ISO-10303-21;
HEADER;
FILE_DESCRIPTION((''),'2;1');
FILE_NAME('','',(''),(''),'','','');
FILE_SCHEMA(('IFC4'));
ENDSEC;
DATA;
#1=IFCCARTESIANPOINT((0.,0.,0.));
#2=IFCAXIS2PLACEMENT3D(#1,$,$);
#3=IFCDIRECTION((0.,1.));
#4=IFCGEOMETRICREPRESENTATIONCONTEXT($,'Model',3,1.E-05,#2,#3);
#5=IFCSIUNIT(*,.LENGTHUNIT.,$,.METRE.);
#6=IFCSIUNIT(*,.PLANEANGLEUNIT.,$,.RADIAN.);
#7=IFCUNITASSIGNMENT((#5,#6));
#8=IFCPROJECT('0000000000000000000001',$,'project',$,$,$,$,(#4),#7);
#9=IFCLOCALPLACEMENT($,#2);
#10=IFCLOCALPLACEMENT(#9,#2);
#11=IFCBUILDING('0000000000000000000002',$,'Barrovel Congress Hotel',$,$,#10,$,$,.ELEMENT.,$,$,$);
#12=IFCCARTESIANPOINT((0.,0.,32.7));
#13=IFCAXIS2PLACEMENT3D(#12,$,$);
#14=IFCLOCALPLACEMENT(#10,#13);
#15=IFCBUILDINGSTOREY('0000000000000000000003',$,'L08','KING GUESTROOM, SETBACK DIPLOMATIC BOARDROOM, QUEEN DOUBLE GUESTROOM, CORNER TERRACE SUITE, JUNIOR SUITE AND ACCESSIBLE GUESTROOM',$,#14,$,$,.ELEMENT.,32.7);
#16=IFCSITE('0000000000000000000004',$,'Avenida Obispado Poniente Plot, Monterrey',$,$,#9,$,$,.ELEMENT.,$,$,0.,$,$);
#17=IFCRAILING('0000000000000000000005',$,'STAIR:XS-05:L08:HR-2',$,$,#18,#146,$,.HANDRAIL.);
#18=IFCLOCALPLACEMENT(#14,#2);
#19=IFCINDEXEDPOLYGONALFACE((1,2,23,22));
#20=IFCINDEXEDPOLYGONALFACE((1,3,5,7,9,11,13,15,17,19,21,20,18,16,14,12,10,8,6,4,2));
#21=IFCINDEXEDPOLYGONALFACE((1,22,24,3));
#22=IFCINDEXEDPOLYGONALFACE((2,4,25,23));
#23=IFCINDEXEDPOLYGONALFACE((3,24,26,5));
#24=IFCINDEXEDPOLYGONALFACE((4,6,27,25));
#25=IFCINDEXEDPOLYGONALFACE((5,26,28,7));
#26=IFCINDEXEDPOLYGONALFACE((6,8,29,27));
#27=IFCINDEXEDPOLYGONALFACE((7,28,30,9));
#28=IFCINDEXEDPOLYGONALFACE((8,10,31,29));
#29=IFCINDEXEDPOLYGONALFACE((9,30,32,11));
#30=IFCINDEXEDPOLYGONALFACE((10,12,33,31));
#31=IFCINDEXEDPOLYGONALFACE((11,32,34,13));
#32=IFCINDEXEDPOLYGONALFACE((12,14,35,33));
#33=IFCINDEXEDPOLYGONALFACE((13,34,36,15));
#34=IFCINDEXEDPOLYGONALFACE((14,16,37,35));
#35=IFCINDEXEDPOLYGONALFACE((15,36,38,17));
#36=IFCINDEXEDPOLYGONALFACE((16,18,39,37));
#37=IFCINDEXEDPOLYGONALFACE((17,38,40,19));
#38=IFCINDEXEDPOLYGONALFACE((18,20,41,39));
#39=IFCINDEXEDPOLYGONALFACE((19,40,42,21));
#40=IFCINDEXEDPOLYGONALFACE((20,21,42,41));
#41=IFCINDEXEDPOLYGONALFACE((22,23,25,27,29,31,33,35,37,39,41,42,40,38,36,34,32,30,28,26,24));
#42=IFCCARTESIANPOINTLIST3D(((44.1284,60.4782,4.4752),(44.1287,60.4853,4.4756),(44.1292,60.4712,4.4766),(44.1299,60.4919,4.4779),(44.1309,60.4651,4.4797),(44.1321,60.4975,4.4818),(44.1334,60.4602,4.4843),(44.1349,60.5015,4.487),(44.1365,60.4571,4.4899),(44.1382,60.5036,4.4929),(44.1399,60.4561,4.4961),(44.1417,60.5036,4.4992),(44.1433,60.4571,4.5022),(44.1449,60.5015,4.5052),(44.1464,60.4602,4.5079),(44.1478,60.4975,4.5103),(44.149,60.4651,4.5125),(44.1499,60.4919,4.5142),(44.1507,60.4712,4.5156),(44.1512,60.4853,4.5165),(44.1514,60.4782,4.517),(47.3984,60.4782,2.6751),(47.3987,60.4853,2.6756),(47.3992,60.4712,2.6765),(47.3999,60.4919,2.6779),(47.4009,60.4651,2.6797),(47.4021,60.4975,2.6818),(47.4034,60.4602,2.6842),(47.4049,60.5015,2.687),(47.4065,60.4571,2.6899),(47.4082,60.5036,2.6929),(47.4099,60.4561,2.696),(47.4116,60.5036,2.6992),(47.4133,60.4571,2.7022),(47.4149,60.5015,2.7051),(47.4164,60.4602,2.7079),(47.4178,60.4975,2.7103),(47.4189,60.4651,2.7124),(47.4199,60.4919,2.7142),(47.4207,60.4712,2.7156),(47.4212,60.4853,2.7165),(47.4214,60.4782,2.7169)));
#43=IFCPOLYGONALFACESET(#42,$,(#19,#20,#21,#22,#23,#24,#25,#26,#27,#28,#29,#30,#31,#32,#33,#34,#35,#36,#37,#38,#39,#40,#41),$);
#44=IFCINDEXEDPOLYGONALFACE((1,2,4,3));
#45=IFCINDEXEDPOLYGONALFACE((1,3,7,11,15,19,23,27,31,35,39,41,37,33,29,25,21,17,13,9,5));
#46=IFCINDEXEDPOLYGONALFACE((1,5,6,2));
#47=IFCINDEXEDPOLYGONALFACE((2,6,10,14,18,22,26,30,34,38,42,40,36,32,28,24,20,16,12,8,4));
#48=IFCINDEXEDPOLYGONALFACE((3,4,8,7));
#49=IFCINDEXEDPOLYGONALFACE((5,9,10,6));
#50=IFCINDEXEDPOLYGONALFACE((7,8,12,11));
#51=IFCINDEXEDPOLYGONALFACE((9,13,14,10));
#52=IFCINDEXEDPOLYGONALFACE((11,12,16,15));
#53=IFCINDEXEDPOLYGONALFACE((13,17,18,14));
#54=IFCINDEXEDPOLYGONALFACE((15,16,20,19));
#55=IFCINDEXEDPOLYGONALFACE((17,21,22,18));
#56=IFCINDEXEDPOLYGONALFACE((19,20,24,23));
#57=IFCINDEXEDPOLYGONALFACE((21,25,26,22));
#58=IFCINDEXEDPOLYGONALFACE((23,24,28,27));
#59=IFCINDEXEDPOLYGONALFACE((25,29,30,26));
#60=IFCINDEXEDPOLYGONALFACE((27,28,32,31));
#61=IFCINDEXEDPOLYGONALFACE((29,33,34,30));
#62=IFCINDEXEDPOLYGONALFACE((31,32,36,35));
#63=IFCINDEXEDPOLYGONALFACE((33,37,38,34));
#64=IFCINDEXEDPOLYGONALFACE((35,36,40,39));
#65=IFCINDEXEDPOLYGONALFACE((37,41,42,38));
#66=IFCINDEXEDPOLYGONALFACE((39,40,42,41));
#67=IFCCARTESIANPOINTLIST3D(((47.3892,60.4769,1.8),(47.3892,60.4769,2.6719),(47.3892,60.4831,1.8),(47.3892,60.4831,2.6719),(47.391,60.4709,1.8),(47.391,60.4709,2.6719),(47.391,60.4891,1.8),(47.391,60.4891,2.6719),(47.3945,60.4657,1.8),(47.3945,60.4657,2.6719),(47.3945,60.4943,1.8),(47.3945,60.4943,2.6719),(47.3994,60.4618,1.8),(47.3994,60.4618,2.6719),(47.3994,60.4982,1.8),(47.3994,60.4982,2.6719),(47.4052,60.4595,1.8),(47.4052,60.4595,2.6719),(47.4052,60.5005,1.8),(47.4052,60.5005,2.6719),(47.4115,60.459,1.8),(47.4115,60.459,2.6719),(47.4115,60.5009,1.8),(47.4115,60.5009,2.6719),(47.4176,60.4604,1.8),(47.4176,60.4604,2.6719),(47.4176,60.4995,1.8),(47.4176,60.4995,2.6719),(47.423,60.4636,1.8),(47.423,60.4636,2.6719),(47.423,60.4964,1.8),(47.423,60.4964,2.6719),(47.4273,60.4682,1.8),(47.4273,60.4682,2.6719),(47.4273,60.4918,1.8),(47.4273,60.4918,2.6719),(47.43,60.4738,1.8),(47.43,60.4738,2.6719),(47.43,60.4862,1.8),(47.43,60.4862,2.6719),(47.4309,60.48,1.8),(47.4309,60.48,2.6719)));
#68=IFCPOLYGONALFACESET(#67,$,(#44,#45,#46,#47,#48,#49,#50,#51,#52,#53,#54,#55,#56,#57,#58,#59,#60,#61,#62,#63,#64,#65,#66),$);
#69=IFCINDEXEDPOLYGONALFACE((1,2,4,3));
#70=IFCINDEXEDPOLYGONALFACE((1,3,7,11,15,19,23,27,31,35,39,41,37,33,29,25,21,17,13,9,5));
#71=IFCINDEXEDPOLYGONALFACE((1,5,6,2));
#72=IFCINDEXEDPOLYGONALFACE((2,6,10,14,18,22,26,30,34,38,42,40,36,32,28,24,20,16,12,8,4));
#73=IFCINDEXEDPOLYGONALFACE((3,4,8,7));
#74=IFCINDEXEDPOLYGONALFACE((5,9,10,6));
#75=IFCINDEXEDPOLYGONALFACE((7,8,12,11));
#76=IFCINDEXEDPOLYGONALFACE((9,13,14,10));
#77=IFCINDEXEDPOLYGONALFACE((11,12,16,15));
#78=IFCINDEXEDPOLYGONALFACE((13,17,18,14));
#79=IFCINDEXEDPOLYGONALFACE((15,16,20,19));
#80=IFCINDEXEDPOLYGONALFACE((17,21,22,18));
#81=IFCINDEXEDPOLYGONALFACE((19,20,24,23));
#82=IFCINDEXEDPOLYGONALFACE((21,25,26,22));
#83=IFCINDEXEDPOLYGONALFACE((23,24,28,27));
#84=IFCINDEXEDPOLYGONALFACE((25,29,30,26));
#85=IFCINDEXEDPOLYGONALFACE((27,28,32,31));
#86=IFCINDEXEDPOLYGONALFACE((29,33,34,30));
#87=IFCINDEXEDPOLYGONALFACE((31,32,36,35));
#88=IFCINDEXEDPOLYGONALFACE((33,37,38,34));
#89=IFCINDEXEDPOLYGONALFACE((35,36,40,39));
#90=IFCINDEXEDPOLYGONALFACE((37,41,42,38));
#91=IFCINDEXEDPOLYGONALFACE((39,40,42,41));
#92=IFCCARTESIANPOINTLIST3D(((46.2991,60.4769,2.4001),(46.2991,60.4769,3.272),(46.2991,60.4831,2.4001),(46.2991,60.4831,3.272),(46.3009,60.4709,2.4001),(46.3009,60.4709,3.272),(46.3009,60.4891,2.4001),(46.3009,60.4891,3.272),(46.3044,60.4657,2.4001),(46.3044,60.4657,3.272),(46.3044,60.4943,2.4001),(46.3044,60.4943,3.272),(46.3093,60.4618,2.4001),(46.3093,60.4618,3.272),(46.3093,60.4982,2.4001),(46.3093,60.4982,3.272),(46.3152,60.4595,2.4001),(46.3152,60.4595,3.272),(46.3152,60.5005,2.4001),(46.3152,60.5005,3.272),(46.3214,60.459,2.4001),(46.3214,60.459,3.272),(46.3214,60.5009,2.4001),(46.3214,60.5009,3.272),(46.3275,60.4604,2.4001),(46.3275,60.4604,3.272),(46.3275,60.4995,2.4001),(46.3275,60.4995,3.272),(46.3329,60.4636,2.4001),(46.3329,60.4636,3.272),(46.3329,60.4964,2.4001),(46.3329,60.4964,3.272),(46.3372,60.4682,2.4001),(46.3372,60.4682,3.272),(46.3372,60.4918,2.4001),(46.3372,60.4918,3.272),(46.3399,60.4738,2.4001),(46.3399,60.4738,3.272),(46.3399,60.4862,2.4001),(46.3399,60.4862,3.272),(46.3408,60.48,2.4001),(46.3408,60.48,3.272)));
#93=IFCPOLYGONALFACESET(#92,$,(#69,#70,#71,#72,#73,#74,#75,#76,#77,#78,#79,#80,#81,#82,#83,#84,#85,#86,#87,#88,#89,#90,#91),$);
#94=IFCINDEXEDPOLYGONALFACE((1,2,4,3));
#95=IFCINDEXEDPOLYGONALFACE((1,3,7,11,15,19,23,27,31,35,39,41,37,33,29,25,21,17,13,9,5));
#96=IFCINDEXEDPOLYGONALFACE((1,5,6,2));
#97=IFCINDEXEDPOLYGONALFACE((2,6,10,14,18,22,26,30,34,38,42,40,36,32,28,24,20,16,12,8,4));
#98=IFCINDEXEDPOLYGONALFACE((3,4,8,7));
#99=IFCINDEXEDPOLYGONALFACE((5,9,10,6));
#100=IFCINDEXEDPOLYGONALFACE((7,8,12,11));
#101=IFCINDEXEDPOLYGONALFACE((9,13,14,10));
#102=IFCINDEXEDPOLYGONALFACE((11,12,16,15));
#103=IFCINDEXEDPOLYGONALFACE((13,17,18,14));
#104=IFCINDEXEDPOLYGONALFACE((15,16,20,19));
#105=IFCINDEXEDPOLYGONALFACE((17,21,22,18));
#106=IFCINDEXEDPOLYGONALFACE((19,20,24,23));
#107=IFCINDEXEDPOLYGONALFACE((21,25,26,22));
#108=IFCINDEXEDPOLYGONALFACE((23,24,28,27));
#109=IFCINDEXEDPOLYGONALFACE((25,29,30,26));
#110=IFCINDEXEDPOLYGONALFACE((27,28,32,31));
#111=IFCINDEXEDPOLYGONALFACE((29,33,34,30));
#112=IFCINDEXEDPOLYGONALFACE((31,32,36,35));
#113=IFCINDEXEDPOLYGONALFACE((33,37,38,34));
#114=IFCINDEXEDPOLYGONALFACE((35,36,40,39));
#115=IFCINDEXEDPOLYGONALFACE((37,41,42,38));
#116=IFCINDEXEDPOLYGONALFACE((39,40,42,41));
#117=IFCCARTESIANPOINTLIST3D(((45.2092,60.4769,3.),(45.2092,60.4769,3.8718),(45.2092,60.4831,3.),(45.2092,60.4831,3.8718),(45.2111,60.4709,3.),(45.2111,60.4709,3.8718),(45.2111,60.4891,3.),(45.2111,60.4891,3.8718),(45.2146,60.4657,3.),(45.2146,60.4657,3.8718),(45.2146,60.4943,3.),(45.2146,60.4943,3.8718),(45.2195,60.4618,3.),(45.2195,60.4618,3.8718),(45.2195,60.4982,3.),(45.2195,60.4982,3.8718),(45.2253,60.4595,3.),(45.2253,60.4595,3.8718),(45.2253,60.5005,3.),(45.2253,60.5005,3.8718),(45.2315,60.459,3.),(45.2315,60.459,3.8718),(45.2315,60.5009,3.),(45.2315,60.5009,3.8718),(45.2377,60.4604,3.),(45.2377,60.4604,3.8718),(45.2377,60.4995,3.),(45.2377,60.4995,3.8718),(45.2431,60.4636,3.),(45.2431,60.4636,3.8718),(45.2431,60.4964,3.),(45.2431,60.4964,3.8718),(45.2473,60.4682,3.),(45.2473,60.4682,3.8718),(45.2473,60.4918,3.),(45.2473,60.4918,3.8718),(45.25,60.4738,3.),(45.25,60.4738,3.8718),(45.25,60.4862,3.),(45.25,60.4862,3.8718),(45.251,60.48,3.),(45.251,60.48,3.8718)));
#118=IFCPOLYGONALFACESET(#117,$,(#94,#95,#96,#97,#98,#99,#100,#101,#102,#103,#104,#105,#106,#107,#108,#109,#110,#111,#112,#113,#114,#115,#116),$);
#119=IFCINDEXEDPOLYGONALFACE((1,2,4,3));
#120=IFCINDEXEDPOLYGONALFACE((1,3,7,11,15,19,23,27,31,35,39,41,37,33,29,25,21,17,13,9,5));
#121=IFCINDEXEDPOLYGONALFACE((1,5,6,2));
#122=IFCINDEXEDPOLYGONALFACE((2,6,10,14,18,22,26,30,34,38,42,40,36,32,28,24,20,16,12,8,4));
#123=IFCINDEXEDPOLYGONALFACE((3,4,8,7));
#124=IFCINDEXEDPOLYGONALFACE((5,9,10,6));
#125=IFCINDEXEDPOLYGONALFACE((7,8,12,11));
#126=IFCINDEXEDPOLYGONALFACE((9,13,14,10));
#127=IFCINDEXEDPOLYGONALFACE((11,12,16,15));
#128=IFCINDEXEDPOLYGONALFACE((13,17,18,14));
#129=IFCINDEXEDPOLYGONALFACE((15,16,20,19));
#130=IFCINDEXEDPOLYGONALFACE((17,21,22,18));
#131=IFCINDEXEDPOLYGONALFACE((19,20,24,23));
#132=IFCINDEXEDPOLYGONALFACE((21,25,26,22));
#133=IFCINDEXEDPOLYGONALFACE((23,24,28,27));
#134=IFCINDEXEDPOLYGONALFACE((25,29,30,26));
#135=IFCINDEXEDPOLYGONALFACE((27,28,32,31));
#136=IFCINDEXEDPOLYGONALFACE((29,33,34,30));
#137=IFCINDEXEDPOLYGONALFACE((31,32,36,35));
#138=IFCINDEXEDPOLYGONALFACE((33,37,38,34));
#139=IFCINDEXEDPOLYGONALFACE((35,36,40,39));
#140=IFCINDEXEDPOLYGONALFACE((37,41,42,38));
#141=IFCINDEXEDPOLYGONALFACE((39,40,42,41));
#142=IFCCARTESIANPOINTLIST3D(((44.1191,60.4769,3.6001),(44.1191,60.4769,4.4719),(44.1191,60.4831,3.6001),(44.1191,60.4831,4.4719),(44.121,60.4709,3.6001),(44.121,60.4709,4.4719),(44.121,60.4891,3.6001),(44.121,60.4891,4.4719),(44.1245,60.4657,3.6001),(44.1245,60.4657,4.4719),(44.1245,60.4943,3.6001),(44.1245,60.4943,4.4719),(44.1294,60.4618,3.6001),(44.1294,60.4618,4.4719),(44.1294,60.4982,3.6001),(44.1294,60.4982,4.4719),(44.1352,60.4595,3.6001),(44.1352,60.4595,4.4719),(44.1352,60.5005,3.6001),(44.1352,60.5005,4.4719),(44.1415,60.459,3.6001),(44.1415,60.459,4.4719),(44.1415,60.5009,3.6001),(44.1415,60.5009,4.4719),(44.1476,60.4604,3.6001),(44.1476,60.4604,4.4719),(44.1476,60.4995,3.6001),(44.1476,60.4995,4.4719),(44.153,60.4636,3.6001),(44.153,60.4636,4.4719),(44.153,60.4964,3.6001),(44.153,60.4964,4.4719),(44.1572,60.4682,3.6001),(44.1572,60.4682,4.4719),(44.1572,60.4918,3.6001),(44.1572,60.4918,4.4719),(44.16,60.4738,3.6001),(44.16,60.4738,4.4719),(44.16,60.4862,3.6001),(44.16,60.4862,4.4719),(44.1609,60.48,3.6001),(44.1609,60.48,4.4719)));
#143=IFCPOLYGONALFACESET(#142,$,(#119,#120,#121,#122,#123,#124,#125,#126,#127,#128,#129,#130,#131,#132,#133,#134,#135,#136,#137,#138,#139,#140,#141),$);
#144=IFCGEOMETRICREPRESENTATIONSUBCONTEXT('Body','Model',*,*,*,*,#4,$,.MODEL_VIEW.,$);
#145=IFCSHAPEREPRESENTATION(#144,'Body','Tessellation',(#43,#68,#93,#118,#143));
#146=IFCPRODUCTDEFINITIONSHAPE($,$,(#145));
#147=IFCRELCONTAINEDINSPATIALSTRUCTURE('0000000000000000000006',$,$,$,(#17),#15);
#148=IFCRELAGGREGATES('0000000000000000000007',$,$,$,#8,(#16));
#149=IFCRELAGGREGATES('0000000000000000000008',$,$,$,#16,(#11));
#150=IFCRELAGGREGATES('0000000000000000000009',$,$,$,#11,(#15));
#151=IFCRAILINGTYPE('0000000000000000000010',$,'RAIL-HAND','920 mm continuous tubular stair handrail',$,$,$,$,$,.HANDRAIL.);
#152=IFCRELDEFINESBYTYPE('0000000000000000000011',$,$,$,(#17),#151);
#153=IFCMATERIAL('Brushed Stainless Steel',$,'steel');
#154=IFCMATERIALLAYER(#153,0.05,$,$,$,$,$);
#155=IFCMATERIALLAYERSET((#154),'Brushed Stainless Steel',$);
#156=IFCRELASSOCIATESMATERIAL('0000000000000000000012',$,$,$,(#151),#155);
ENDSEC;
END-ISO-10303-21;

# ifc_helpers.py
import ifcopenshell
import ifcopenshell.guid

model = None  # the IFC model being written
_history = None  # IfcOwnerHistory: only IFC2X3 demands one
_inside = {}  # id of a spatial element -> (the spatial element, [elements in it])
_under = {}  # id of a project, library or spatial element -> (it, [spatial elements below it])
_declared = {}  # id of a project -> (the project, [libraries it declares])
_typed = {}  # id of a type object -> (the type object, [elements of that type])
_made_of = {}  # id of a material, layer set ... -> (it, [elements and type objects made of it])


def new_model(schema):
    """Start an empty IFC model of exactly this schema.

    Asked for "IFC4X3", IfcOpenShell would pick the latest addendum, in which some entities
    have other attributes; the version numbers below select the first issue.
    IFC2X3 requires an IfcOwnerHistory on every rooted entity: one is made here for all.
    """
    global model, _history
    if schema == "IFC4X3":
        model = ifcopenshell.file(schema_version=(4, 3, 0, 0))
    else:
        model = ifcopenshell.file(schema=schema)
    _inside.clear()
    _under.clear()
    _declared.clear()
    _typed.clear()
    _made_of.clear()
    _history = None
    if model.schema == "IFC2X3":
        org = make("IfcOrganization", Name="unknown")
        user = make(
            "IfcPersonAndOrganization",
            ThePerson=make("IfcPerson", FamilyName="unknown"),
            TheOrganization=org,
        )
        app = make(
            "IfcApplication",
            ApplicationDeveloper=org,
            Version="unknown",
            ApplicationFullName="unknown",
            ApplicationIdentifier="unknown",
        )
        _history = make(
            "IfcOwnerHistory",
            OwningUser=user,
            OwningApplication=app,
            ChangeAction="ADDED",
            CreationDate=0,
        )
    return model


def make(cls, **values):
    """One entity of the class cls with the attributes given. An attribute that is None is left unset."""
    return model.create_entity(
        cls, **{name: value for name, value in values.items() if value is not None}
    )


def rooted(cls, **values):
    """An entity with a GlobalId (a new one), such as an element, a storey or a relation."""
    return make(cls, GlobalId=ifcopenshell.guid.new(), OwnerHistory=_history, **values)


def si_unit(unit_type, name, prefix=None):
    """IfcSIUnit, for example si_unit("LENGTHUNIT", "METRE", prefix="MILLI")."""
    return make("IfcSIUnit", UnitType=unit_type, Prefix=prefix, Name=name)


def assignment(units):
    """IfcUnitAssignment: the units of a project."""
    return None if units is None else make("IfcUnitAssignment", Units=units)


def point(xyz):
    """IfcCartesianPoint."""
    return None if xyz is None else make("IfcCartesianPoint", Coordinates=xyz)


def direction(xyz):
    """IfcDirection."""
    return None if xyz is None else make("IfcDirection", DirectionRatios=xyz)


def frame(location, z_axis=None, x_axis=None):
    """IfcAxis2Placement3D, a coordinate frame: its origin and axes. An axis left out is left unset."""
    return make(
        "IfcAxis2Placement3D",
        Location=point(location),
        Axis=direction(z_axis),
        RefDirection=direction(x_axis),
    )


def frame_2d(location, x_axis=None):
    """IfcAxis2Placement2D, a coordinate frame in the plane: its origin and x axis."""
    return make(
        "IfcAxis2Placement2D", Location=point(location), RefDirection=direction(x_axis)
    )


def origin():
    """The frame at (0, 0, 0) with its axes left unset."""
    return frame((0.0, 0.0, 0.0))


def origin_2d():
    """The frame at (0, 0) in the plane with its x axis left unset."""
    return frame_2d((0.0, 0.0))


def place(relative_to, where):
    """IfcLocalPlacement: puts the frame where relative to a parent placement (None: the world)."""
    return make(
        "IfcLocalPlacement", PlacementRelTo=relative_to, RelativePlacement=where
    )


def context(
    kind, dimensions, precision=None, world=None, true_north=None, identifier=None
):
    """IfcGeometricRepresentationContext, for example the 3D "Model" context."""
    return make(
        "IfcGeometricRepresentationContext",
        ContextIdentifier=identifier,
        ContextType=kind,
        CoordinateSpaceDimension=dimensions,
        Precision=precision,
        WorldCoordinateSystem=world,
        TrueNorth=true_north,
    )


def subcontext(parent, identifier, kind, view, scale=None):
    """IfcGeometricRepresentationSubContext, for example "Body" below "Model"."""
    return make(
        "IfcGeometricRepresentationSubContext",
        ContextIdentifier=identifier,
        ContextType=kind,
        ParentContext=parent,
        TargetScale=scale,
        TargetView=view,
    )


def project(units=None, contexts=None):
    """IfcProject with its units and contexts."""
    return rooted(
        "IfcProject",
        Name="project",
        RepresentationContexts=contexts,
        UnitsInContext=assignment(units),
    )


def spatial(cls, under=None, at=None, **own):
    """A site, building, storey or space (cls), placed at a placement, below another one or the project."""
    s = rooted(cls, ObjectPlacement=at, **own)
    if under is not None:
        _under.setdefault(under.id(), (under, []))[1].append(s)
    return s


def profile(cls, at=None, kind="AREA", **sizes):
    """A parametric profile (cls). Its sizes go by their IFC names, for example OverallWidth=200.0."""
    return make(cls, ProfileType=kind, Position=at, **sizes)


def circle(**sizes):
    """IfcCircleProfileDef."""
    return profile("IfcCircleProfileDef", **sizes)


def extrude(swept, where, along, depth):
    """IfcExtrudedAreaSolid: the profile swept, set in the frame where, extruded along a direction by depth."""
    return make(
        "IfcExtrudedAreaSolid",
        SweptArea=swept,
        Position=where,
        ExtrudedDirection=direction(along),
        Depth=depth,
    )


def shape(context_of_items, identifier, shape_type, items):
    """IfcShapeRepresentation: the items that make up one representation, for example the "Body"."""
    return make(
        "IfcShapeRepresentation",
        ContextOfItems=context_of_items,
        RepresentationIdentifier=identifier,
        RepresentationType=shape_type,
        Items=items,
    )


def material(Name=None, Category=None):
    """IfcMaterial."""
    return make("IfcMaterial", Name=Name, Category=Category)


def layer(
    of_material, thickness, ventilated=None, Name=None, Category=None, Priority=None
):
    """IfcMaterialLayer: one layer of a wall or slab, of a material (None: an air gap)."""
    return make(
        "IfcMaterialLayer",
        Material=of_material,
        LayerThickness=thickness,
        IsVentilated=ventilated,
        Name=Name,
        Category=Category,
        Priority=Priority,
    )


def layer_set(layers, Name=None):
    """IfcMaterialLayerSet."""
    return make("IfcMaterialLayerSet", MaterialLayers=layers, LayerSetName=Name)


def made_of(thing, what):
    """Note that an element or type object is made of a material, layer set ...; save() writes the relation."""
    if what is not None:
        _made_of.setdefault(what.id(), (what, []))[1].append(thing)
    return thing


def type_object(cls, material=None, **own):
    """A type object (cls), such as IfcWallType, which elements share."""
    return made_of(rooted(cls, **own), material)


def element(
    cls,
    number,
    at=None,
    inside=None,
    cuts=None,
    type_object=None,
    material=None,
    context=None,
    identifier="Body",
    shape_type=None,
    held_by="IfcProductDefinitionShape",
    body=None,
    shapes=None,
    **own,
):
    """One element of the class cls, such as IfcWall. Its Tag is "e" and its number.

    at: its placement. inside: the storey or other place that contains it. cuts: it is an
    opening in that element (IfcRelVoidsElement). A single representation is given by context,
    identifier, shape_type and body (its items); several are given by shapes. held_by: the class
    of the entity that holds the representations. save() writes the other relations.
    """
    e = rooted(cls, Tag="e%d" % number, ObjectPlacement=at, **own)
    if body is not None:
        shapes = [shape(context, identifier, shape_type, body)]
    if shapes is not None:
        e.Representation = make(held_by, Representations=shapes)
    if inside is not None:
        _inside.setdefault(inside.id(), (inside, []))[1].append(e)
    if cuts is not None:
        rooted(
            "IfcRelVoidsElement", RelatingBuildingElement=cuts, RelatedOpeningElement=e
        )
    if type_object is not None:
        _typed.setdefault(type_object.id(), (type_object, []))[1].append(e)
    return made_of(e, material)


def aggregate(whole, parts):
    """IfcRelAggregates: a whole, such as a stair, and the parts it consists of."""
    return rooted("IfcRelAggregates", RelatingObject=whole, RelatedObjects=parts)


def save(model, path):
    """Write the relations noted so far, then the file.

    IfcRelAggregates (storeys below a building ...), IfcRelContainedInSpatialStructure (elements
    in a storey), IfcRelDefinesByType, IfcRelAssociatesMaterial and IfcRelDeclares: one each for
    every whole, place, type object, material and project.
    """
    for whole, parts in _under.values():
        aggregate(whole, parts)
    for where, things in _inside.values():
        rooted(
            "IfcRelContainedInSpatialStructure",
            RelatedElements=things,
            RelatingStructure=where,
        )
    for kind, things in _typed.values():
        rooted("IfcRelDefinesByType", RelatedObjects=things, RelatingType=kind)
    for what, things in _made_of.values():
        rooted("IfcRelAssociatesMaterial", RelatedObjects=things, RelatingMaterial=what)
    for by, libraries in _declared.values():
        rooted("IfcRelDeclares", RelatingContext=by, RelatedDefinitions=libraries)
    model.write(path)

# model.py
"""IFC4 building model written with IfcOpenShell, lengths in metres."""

from ifc_helpers import new_model, si_unit, direction, frame, origin, origin_2d, place, context, subcontext, project, spatial, circle, extrude, material, layer, layer_set, type_object, element, save


model = new_model("IFC4")

# Units and contexts
model_context = context("Model", 3, precision=1e-05, world=origin(), true_north=direction((0.0, 1.0)))
body_context = subcontext(model_context, "Body", "Model", "MODEL_VIEW")
ifc_project = project(units=[si_unit("LENGTHUNIT", "METRE"), si_unit("PLANEANGLEUNIT", "RADIAN")], contexts=[model_context])

# Site, building, storey
site_placement = place(None, origin())
site = spatial("IfcSite", under=ifc_project, at=site_placement, Name="Avenida Obispado Poniente Plot, Monterrey", CompositionType="ELEMENT", RefElevation=0.0)
building_placement = place(site_placement, origin())
building = spatial("IfcBuilding", under=site, at=building_placement, Name="Barrovel Congress Hotel", CompositionType="ELEMENT")
storey_placement = place(building_placement, frame((0.0, 0.0, 32.7)))
storey = spatial("IfcBuildingStorey", under=building, at=storey_placement, Name="L08", Description="KING GUESTROOM, SETBACK DIPLOMATIC BOARDROOM, QUEEN DOUBLE GUESTROOM, CORNER TERRACE SUITE, JUNIOR SUITE AND ACCESSIBLE GUESTROOM", CompositionType="ELEMENT", Elevation=32.7)

# Railing
ifc_material_1 = material(Name="Brushed Stainless Steel", Category="steel")
ifc_layer_1 = layer(ifc_material_1, 0.05)
ifc_layer_set_1 = layer_set([ifc_layer_1], Name="Brushed Stainless Steel")
railing_type_1 = type_object("IfcRailingType", Name="RAIL-HAND", Description="920 mm continuous tubular stair handrail", PredefinedType="HANDRAIL", material=ifc_layer_set_1)
railing_1_placement = place(storey_placement, frame((47.4099, 60.48, 1.8)))
element("IfcRailing", 1, at=railing_1_placement, inside=storey, type_object=railing_type_1, Name="STAIR:XS-05:L08:HR-2", PredefinedType="HANDRAIL", context=body_context, shape_type="SweptSolid", body=[
    extrude(circle(Radius=0.0239, at=origin_2d()), frame((0.0, 0.0, 0.896), z_axis=(-0.876042, 0.0, 0.482235), x_axis=(0.0, -1.0, 0.0)), (0.0, 0.0, 1.0), 3.7327),
    extrude(circle(Radius=0.021, at=origin_2d()), origin(), (0.0, 0.0, 1.0), 0.8718),
    extrude(circle(Radius=0.021, at=origin_2d()), frame((-1.0901, 0.0, 0.6001)), (0.0, 0.0, 1.0), 0.8718),
    extrude(circle(Radius=0.021, at=origin_2d()), frame((-2.1799, 0.0, 1.2)), (0.0, 0.0, 1.0), 0.8718),
    extrude(circle(Radius=0.021, at=origin_2d()), frame((-3.27, 0.0, 1.8)), (0.0, 0.0, 1.0), 0.8718),
])

save(model, "model.ifc")
